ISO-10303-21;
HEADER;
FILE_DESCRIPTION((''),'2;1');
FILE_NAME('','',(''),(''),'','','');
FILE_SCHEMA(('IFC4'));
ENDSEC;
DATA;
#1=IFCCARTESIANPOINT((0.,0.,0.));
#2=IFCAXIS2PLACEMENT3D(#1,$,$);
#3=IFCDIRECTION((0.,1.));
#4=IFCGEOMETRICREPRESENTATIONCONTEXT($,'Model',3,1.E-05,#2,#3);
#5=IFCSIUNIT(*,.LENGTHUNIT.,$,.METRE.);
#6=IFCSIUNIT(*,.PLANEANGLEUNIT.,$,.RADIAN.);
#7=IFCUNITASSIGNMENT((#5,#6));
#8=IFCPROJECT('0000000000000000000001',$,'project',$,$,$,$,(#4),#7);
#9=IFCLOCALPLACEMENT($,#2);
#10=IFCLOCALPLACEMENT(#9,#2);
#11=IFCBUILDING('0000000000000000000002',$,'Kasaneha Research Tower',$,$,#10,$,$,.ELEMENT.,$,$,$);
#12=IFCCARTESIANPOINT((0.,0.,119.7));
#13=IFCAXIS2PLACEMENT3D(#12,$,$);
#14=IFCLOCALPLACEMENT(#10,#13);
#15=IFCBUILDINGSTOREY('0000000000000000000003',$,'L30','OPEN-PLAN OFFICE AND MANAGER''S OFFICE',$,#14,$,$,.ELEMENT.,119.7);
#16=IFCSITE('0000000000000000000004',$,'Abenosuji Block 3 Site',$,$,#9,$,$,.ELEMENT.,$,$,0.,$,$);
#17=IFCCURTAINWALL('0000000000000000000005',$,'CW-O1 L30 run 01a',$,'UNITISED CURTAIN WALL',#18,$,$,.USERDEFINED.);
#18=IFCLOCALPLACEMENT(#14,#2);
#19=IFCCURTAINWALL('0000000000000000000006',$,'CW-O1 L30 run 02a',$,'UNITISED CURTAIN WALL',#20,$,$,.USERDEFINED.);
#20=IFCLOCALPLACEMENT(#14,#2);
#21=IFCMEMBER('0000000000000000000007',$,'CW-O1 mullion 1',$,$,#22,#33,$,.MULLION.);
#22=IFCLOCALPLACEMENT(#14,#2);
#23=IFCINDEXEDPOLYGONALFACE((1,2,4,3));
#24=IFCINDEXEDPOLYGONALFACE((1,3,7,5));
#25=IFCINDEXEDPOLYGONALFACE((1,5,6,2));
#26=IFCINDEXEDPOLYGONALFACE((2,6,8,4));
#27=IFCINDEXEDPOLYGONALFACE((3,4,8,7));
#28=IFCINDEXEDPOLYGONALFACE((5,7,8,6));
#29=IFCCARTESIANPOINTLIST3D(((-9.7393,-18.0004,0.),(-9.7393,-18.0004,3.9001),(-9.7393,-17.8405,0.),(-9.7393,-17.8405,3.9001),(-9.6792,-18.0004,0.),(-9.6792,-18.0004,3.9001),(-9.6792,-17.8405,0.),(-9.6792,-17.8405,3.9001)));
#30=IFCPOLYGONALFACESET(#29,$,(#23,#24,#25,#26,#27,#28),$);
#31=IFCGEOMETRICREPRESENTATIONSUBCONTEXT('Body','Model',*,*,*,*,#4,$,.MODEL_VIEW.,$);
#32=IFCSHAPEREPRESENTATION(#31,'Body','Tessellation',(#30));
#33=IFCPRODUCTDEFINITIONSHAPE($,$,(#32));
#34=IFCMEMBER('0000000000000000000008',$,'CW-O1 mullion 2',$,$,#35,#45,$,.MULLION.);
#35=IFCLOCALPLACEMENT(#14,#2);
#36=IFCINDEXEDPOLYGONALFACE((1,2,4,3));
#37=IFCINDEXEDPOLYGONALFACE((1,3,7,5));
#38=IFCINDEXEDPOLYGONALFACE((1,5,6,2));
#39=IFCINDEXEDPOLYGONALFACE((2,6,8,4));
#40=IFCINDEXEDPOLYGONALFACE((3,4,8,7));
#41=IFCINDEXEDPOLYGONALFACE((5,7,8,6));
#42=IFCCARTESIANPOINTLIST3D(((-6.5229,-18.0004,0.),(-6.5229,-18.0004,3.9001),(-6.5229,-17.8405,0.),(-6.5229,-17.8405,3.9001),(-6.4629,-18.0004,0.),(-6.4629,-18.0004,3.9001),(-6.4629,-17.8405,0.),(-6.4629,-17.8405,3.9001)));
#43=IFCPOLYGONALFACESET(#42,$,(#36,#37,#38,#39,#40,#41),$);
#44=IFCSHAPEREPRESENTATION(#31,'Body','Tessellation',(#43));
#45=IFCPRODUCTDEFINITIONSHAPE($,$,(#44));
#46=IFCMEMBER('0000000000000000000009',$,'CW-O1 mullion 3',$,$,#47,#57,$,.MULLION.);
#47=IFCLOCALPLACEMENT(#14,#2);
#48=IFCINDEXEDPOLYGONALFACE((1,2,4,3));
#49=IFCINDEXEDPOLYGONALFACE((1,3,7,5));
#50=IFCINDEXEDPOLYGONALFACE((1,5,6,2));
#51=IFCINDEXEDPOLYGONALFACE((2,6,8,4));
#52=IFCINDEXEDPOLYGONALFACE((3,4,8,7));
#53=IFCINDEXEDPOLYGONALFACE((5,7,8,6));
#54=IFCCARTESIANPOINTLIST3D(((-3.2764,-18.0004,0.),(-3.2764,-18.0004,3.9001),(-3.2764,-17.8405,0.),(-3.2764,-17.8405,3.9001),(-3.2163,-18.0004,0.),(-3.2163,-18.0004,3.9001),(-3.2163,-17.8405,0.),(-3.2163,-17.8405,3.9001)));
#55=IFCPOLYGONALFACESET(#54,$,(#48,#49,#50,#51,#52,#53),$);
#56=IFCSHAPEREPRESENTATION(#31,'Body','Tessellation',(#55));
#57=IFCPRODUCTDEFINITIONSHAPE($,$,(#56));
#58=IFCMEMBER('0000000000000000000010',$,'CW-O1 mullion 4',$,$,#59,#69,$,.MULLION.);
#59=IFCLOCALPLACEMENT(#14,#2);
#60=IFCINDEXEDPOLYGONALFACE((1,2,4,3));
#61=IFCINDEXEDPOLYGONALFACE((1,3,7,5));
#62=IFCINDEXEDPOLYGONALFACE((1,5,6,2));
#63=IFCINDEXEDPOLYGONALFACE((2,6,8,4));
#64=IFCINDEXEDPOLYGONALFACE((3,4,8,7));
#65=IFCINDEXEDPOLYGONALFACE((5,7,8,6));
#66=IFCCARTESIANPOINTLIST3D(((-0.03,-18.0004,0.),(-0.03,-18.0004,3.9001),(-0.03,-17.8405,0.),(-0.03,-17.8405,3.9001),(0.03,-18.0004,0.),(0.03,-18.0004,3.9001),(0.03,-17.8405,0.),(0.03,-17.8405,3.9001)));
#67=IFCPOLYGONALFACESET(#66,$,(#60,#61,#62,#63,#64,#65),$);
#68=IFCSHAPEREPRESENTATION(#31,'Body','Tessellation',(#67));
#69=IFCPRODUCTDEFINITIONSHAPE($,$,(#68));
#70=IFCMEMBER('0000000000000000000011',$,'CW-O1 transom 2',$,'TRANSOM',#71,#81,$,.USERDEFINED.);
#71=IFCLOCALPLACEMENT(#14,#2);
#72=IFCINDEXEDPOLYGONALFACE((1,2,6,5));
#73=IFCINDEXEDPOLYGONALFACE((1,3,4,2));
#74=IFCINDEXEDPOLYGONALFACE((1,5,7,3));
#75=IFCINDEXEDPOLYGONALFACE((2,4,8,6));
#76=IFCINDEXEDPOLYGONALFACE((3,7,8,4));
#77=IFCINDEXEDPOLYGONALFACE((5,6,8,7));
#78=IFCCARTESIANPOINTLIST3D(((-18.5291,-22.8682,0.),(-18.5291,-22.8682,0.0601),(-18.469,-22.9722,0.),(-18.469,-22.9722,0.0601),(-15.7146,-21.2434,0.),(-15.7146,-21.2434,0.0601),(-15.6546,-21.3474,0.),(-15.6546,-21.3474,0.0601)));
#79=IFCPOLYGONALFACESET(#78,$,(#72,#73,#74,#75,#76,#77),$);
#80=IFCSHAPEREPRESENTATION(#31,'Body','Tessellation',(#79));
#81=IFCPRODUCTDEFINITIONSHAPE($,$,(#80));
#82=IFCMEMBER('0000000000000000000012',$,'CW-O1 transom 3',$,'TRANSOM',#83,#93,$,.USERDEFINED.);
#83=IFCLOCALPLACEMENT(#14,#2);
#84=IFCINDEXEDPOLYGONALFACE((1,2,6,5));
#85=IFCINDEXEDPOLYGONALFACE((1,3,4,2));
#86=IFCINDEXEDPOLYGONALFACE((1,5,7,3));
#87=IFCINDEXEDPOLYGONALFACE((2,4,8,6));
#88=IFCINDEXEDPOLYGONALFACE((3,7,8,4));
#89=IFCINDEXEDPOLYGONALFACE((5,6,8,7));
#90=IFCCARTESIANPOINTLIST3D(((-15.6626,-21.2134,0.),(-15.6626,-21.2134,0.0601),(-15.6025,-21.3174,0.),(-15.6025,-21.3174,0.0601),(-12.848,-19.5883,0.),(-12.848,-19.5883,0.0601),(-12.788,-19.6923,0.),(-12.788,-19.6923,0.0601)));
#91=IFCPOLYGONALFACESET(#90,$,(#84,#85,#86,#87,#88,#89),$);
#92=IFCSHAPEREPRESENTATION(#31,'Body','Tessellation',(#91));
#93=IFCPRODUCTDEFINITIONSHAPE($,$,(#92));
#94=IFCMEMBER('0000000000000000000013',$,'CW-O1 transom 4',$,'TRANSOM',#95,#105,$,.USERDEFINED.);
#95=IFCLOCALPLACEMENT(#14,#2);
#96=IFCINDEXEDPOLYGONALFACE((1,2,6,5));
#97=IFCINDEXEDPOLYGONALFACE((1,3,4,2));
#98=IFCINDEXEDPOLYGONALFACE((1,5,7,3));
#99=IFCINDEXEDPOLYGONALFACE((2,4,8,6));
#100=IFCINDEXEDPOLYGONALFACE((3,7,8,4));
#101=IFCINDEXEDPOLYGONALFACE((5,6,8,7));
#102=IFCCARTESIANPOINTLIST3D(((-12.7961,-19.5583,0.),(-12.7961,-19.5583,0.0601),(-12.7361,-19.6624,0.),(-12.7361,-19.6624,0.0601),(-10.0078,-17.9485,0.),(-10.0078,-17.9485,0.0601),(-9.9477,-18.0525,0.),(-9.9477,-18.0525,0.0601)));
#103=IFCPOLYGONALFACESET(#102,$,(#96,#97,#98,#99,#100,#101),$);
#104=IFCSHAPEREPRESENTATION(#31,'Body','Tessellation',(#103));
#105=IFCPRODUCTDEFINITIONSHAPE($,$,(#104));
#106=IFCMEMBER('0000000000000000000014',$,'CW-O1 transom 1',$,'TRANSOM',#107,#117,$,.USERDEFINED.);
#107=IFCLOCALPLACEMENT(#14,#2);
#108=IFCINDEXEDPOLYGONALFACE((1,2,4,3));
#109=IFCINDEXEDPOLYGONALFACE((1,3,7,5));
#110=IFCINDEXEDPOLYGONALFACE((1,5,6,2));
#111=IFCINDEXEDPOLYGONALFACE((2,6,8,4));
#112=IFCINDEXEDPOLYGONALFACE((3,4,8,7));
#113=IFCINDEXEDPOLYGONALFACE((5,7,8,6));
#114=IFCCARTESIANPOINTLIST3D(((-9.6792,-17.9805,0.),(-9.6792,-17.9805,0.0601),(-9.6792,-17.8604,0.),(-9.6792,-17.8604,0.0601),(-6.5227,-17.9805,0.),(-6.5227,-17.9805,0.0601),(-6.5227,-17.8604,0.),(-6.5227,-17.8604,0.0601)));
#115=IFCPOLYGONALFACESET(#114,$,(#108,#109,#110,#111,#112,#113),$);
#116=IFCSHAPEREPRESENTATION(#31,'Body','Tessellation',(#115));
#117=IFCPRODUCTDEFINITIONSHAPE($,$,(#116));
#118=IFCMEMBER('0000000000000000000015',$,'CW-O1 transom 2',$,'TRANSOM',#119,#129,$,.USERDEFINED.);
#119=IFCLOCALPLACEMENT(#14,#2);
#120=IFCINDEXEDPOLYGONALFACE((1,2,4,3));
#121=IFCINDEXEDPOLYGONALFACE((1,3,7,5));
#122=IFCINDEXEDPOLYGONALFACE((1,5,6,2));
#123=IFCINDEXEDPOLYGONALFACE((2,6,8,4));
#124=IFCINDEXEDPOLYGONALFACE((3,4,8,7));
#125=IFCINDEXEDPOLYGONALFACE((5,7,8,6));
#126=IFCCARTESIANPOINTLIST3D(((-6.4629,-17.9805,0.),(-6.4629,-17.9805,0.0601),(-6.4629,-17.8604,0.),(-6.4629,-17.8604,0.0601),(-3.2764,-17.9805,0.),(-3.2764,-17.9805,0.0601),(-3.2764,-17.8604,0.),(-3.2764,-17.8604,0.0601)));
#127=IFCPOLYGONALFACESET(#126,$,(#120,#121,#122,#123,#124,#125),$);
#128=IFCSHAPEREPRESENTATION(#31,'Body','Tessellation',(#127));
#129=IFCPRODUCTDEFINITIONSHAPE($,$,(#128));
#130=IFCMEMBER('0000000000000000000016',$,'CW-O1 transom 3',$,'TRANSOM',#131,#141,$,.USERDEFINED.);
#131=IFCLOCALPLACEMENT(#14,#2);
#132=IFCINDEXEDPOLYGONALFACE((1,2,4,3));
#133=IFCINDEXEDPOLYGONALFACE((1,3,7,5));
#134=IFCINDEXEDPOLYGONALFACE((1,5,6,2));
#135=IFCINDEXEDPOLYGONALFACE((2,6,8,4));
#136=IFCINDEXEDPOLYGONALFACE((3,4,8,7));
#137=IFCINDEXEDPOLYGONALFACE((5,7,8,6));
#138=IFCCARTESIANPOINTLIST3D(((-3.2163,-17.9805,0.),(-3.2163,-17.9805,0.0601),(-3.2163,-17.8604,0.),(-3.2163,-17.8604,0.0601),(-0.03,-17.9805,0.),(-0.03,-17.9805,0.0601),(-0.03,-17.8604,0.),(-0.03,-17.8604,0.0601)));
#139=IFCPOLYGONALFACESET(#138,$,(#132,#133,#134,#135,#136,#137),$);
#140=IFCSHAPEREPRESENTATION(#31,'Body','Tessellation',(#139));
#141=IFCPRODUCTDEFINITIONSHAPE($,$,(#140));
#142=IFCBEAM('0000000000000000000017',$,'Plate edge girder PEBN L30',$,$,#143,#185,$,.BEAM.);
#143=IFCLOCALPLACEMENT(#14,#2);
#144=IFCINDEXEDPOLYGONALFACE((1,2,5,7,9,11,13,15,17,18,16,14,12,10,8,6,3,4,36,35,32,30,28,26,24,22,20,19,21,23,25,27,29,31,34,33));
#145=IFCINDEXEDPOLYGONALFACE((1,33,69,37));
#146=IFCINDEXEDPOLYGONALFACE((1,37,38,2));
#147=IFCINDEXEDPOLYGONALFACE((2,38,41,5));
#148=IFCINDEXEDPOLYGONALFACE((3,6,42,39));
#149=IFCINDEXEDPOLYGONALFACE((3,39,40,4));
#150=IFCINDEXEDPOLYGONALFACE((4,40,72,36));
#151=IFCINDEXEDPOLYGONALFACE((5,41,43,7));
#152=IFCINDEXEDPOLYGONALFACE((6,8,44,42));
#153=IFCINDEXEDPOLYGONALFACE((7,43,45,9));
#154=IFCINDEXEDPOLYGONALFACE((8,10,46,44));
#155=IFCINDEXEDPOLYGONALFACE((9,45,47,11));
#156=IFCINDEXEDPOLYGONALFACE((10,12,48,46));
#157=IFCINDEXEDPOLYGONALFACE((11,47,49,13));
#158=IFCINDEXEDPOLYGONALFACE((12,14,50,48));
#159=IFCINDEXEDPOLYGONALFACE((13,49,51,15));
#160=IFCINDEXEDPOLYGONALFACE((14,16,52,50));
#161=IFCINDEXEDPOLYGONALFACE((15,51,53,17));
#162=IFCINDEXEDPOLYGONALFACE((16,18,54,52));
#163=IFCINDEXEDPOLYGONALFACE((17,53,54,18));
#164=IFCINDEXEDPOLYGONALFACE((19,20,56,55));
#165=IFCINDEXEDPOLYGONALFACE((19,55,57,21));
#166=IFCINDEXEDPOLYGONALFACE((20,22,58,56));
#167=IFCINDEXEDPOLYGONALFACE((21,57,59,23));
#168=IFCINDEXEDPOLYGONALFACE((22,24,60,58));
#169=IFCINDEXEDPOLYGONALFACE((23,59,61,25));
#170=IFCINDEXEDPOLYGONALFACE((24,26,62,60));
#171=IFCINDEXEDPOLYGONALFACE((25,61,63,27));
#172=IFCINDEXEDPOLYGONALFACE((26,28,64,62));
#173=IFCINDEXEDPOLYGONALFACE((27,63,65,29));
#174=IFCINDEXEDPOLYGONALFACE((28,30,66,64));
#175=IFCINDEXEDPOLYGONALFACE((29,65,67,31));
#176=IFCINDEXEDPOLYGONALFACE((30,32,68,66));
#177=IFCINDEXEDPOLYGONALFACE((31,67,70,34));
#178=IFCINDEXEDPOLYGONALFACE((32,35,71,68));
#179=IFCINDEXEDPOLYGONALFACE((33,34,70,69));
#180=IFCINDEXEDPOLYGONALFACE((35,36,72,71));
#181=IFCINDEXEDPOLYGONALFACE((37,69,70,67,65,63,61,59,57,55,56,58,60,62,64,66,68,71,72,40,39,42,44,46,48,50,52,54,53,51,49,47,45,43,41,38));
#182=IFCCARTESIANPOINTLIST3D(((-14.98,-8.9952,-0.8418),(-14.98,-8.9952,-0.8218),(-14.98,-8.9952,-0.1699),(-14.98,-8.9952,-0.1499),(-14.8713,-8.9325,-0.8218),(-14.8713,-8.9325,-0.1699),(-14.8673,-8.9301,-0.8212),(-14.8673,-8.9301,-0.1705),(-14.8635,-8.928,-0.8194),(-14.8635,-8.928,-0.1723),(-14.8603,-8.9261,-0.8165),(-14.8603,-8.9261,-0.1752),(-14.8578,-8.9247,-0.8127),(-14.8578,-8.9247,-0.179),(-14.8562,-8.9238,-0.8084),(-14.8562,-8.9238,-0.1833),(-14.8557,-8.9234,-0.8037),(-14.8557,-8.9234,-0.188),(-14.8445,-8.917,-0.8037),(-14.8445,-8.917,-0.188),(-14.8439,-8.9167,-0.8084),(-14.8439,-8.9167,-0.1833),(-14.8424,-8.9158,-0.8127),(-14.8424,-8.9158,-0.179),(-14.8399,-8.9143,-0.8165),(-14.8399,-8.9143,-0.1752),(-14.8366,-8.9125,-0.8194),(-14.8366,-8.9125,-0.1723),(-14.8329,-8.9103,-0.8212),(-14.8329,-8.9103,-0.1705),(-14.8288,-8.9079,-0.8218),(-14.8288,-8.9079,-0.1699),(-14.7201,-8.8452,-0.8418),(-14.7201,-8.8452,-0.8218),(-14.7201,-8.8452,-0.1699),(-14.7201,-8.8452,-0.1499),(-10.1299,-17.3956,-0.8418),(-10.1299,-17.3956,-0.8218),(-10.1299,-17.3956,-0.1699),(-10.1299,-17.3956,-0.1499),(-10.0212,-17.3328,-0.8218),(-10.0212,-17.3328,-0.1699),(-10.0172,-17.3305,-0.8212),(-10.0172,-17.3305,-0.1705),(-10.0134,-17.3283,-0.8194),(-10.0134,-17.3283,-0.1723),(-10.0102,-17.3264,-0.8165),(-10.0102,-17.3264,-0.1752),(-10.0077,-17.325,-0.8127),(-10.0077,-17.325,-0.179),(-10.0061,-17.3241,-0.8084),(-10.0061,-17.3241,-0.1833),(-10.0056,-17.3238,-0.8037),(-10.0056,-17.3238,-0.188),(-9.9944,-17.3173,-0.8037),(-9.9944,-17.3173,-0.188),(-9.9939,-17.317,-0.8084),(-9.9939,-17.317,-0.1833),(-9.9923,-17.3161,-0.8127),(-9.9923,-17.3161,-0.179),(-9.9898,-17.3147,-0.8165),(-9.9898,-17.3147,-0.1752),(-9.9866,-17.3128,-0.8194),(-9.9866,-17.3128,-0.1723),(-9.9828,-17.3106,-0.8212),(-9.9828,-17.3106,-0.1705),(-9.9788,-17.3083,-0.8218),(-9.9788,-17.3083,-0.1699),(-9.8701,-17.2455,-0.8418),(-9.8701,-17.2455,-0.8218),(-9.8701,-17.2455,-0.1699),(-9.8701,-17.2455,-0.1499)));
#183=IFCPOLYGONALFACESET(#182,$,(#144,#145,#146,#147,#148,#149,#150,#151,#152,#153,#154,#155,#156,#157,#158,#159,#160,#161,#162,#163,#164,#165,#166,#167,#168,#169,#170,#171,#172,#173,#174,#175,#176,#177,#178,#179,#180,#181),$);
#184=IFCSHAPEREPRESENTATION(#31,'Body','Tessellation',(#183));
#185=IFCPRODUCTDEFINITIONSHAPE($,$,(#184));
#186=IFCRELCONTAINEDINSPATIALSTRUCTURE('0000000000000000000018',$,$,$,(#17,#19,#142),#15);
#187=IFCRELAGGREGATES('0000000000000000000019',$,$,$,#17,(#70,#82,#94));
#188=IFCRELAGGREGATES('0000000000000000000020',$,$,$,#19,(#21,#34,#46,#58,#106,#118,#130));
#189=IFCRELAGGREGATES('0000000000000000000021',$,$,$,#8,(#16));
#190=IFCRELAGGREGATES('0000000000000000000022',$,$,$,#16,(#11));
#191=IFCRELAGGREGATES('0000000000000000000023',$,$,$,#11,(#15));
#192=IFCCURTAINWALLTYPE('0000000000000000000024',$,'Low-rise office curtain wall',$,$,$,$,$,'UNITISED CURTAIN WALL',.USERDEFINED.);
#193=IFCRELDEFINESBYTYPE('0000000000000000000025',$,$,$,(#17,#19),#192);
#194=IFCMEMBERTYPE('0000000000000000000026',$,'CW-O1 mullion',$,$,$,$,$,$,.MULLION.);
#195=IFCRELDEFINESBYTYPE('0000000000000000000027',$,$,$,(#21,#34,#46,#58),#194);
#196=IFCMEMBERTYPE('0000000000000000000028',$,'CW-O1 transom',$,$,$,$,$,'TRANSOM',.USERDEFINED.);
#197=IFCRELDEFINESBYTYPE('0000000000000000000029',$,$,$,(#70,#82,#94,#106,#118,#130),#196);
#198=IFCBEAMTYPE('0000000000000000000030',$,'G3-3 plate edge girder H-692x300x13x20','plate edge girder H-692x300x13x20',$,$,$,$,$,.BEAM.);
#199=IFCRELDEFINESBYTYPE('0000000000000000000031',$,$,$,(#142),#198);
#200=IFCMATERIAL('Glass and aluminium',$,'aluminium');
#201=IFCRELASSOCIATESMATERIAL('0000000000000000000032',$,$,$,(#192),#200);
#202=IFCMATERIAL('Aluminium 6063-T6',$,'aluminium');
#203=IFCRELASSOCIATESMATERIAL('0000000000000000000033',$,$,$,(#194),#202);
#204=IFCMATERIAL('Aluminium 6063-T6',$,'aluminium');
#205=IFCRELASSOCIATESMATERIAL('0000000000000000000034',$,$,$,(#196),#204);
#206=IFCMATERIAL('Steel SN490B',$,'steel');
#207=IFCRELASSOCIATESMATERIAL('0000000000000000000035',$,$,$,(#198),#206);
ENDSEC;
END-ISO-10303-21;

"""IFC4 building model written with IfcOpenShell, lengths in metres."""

from ifc_helpers import new_model, si_unit, direction, frame, origin, origin_2d, place, context, subcontext, project, spatial, rectangle, i_section, extrude, material, material_profile, profile_set, type_object, element, aggregate, save


model = new_model("IFC4")

# Units and contexts
model_context = context("Model", 3, precision=1e-05, world=origin(), true_north=direction((0.0, 1.0)))
body_context = subcontext(model_context, "Body", "Model", "MODEL_VIEW")
ifc_project = project(units=[si_unit("LENGTHUNIT", "METRE"), si_unit("PLANEANGLEUNIT", "RADIAN")], contexts=[model_context])

# Site, building, storey
site_placement = place(None, origin())
site = spatial("IfcSite", under=ifc_project, at=site_placement, Name="Abenosuji Block 3 Site", CompositionType="ELEMENT", RefElevation=0.0)
building_placement = place(site_placement, origin())
building = spatial("IfcBuilding", under=site, at=building_placement, Name="Kasaneha Research Tower", CompositionType="ELEMENT")
storey_placement = place(building_placement, frame((0.0, 0.0, 119.7)))
storey = spatial("IfcBuildingStorey", under=building, at=storey_placement, Name="L30", Description="OPEN-PLAN OFFICE AND MANAGER'S OFFICE", CompositionType="ELEMENT", Elevation=119.7)

# Curtain walls, members
ifc_material_1 = material(Name="Glass and aluminium", Category="aluminium")
curtain_wall_type = type_object("IfcCurtainWallType", Name="Low-rise office curtain wall", ElementType="UNITISED CURTAIN WALL", PredefinedType="USERDEFINED", material=ifc_material_1)
curtain_wall_1_placement = place(storey_placement, origin())
curtain_wall_1 = element("IfcCurtainWall", 1, at=curtain_wall_1_placement, inside=storey, type_object=curtain_wall_type, Name="CW-O1 L30 run 01a", ObjectType="UNITISED CURTAIN WALL", PredefinedType="USERDEFINED")
ifc_material_2 = material(Name="Aluminium 6063-T6", Category="aluminium")
ifc_material_profile_1 = material_profile(ifc_material_2, rectangle(XDim=0.0601, YDim=0.1599, at=origin_2d()), Name="CW-O1 mullion 60x160")
ifc_profile_set_1 = profile_set([ifc_material_profile_1], Name="Aluminium 6063-T6")
member_type_1 = type_object("IfcMemberType", Name="CW-O1 mullion", PredefinedType="MULLION", material=ifc_profile_set_1)
curtain_wall_2_placement = place(storey_placement, origin())
curtain_wall_2 = element("IfcCurtainWall", 2, at=curtain_wall_2_placement, inside=storey, type_object=curtain_wall_type, Name="CW-O1 L30 run 02a", ObjectType="UNITISED CURTAIN WALL", PredefinedType="USERDEFINED")
member_1_placement = place(storey_placement, frame((-9.7092, -17.9204, 0.0), z_axis=(0.0, 0.0, 1.0), x_axis=(1.0, 0.0, 0.0)))
member_1 = element("IfcMember", 3, at=member_1_placement, type_object=member_type_1, Name="CW-O1 mullion 1", PredefinedType="MULLION", context=body_context, shape_type="SweptSolid", body=[
    extrude(rectangle(XDim=0.0601, YDim=0.1599, at=origin_2d()), origin(), (0.0, 0.0, 1.0), 3.9001),
])
member_2_placement = place(storey_placement, frame((-6.4929, -17.9204, 0.0), z_axis=(0.0, 0.0, 1.0), x_axis=(1.0, 0.0, 0.0)))
member_2 = element("IfcMember", 4, at=member_2_placement, type_object=member_type_1, Name="CW-O1 mullion 2", PredefinedType="MULLION", context=body_context, shape_type="SweptSolid", body=[
    extrude(rectangle(XDim=0.0601, YDim=0.1599, at=origin_2d()), origin(), (0.0, 0.0, 1.0), 3.9001),
])
member_3_placement = place(storey_placement, frame((-3.2463, -17.9204, 0.0), z_axis=(0.0, 0.0, 1.0), x_axis=(1.0, 0.0, 0.0)))
member_3 = element("IfcMember", 5, at=member_3_placement, type_object=member_type_1, Name="CW-O1 mullion 3", PredefinedType="MULLION", context=body_context, shape_type="SweptSolid", body=[
    extrude(rectangle(XDim=0.0601, YDim=0.1599, at=origin_2d()), origin(), (0.0, 0.0, 1.0), 3.9001),
])
member_4_placement = place(storey_placement, frame((0.0, -17.9204, 0.0), z_axis=(0.0, 0.0, 1.0), x_axis=(1.0, 0.0, 0.0)))
member_4 = element("IfcMember", 6, at=member_4_placement, type_object=member_type_1, Name="CW-O1 mullion 4", PredefinedType="MULLION", context=body_context, shape_type="SweptSolid", body=[
    extrude(rectangle(XDim=0.0601, YDim=0.1599, at=origin_2d()), origin(), (0.0, 0.0, 1.0), 3.9001),
])

# Members
ifc_material_3 = material(Name="Aluminium 6063-T6", Category="aluminium")
ifc_material_profile_2 = material_profile(ifc_material_3, rectangle(XDim=0.1201, YDim=0.0601, at=origin_2d()), Name="CW-O1 transom 120x60")
ifc_profile_set_2 = profile_set([ifc_material_profile_2], Name="Aluminium 6063-T6")
member_type_2 = type_object("IfcMemberType", Name="CW-O1 transom", ElementType="TRANSOM", PredefinedType="USERDEFINED", material=ifc_profile_set_2)
member_5_placement = place(storey_placement, frame((-18.499, -22.9202, 0.03), z_axis=(0.866048, 0.499961, 0.0), x_axis=(-0.499961, 0.866048, 0.0)))
member_5 = element("IfcMember", 7, at=member_5_placement, type_object=member_type_2, Name="CW-O1 transom 2", ObjectType="TRANSOM", PredefinedType="USERDEFINED", context=body_context, shape_type="SweptSolid", body=[
    extrude(rectangle(XDim=0.1201, YDim=0.0601, at=origin_2d()), origin(), (0.0, 0.0, 1.0), 3.2498),
])
member_6_placement = place(storey_placement, frame((-15.6326, -21.2654, 0.03), z_axis=(0.866015, 0.500017, 0.0), x_axis=(-0.500017, 0.866015, 0.0)))
member_6 = element("IfcMember", 8, at=member_6_placement, type_object=member_type_2, Name="CW-O1 transom 3", ObjectType="TRANSOM", PredefinedType="USERDEFINED", context=body_context, shape_type="SweptSolid", body=[
    extrude(rectangle(XDim=0.1201, YDim=0.0601, at=origin_2d()), origin(), (0.0, 0.0, 1.0), 3.25),
])
member_7_placement = place(storey_placement, frame((-12.7661, -19.6104, 0.03), z_axis=(0.866023, 0.500005, 0.0), x_axis=(-0.500005, 0.866023, 0.0)))
member_7 = element("IfcMember", 9, at=member_7_placement, type_object=member_type_2, Name="CW-O1 transom 4", ObjectType="TRANSOM", PredefinedType="USERDEFINED", context=body_context, shape_type="SweptSolid", body=[
    extrude(rectangle(XDim=0.1201, YDim=0.0601, at=origin_2d()), origin(), (0.0, 0.0, 1.0), 3.2197),
])
member_8_placement = place(storey_placement, frame((-9.6792, -17.9204, 0.03), z_axis=(1.0, 0.0, 0.0), x_axis=(0.0, 1.0, 0.0)))
member_8 = element("IfcMember", 10, at=member_8_placement, type_object=member_type_2, Name="CW-O1 transom 1", ObjectType="TRANSOM", PredefinedType="USERDEFINED", context=body_context, shape_type="SweptSolid", body=[
    extrude(rectangle(XDim=0.1201, YDim=0.0601, at=origin_2d()), origin(), (0.0, 0.0, 1.0), 3.1565),
])
member_9_placement = place(storey_placement, frame((-6.4629, -17.9204, 0.03), z_axis=(1.0, 0.0, 0.0), x_axis=(0.0, 1.0, 0.0)))
member_9 = element("IfcMember", 11, at=member_9_placement, type_object=member_type_2, Name="CW-O1 transom 2", ObjectType="TRANSOM", PredefinedType="USERDEFINED", context=body_context, shape_type="SweptSolid", body=[
    extrude(rectangle(XDim=0.1201, YDim=0.0601, at=origin_2d()), origin(), (0.0, 0.0, 1.0), 3.1865),
])
member_10_placement = place(storey_placement, frame((-3.2163, -17.9204, 0.03), z_axis=(1.0, 0.0, 0.0), x_axis=(0.0, 1.0, 0.0)))
member_10 = element("IfcMember", 12, at=member_10_placement, type_object=member_type_2, Name="CW-O1 transom 3", ObjectType="TRANSOM", PredefinedType="USERDEFINED", context=body_context, shape_type="SweptSolid", body=[
    extrude(rectangle(XDim=0.1201, YDim=0.0601, at=origin_2d()), origin(), (0.0, 0.0, 1.0), 3.1863),
])

# Beam
ifc_material_4 = material(Name="Steel SN490B", Category="steel")
ifc_material_profile_3 = material_profile(ifc_material_4, i_section(OverallWidth=0.3, OverallDepth=0.6919, WebThickness=0.0129, FlangeThickness=0.02, FilletRadius=0.0181, at=origin_2d()), Name="H-692x300x13x20")
ifc_profile_set_3 = profile_set([ifc_material_profile_3], Name="Steel SN490B")
beam_type_1 = type_object("IfcBeamType", Name="G3-3 plate edge girder H-692x300x13x20", Description="plate edge girder H-692x300x13x20", PredefinedType="BEAM", material=ifc_profile_set_3)
beam_1_placement = place(storey_placement, frame((-10.0, -17.3206, -0.4958), z_axis=(-0.50001, 0.86602, 0.0), x_axis=(-0.86602, -0.50001, 0.0)))
element("IfcBeam", 13, at=beam_1_placement, inside=storey, type_object=beam_type_1, Name="Plate edge girder PEBN L30", PredefinedType="BEAM", context=body_context, shape_type="SweptSolid", body=[
    extrude(i_section(OverallWidth=0.3, OverallDepth=0.6919, WebThickness=0.0129, FlangeThickness=0.02, FilletRadius=0.0181, at=origin_2d()), origin(), (0.0, 0.0, 1.0), 9.7),
])

aggregate(curtain_wall_1, [member_5, member_6, member_7])
aggregate(curtain_wall_2, [member_1, member_2, member_3, member_4, member_8, member_9, member_10])

save(model, "model.ifc")
